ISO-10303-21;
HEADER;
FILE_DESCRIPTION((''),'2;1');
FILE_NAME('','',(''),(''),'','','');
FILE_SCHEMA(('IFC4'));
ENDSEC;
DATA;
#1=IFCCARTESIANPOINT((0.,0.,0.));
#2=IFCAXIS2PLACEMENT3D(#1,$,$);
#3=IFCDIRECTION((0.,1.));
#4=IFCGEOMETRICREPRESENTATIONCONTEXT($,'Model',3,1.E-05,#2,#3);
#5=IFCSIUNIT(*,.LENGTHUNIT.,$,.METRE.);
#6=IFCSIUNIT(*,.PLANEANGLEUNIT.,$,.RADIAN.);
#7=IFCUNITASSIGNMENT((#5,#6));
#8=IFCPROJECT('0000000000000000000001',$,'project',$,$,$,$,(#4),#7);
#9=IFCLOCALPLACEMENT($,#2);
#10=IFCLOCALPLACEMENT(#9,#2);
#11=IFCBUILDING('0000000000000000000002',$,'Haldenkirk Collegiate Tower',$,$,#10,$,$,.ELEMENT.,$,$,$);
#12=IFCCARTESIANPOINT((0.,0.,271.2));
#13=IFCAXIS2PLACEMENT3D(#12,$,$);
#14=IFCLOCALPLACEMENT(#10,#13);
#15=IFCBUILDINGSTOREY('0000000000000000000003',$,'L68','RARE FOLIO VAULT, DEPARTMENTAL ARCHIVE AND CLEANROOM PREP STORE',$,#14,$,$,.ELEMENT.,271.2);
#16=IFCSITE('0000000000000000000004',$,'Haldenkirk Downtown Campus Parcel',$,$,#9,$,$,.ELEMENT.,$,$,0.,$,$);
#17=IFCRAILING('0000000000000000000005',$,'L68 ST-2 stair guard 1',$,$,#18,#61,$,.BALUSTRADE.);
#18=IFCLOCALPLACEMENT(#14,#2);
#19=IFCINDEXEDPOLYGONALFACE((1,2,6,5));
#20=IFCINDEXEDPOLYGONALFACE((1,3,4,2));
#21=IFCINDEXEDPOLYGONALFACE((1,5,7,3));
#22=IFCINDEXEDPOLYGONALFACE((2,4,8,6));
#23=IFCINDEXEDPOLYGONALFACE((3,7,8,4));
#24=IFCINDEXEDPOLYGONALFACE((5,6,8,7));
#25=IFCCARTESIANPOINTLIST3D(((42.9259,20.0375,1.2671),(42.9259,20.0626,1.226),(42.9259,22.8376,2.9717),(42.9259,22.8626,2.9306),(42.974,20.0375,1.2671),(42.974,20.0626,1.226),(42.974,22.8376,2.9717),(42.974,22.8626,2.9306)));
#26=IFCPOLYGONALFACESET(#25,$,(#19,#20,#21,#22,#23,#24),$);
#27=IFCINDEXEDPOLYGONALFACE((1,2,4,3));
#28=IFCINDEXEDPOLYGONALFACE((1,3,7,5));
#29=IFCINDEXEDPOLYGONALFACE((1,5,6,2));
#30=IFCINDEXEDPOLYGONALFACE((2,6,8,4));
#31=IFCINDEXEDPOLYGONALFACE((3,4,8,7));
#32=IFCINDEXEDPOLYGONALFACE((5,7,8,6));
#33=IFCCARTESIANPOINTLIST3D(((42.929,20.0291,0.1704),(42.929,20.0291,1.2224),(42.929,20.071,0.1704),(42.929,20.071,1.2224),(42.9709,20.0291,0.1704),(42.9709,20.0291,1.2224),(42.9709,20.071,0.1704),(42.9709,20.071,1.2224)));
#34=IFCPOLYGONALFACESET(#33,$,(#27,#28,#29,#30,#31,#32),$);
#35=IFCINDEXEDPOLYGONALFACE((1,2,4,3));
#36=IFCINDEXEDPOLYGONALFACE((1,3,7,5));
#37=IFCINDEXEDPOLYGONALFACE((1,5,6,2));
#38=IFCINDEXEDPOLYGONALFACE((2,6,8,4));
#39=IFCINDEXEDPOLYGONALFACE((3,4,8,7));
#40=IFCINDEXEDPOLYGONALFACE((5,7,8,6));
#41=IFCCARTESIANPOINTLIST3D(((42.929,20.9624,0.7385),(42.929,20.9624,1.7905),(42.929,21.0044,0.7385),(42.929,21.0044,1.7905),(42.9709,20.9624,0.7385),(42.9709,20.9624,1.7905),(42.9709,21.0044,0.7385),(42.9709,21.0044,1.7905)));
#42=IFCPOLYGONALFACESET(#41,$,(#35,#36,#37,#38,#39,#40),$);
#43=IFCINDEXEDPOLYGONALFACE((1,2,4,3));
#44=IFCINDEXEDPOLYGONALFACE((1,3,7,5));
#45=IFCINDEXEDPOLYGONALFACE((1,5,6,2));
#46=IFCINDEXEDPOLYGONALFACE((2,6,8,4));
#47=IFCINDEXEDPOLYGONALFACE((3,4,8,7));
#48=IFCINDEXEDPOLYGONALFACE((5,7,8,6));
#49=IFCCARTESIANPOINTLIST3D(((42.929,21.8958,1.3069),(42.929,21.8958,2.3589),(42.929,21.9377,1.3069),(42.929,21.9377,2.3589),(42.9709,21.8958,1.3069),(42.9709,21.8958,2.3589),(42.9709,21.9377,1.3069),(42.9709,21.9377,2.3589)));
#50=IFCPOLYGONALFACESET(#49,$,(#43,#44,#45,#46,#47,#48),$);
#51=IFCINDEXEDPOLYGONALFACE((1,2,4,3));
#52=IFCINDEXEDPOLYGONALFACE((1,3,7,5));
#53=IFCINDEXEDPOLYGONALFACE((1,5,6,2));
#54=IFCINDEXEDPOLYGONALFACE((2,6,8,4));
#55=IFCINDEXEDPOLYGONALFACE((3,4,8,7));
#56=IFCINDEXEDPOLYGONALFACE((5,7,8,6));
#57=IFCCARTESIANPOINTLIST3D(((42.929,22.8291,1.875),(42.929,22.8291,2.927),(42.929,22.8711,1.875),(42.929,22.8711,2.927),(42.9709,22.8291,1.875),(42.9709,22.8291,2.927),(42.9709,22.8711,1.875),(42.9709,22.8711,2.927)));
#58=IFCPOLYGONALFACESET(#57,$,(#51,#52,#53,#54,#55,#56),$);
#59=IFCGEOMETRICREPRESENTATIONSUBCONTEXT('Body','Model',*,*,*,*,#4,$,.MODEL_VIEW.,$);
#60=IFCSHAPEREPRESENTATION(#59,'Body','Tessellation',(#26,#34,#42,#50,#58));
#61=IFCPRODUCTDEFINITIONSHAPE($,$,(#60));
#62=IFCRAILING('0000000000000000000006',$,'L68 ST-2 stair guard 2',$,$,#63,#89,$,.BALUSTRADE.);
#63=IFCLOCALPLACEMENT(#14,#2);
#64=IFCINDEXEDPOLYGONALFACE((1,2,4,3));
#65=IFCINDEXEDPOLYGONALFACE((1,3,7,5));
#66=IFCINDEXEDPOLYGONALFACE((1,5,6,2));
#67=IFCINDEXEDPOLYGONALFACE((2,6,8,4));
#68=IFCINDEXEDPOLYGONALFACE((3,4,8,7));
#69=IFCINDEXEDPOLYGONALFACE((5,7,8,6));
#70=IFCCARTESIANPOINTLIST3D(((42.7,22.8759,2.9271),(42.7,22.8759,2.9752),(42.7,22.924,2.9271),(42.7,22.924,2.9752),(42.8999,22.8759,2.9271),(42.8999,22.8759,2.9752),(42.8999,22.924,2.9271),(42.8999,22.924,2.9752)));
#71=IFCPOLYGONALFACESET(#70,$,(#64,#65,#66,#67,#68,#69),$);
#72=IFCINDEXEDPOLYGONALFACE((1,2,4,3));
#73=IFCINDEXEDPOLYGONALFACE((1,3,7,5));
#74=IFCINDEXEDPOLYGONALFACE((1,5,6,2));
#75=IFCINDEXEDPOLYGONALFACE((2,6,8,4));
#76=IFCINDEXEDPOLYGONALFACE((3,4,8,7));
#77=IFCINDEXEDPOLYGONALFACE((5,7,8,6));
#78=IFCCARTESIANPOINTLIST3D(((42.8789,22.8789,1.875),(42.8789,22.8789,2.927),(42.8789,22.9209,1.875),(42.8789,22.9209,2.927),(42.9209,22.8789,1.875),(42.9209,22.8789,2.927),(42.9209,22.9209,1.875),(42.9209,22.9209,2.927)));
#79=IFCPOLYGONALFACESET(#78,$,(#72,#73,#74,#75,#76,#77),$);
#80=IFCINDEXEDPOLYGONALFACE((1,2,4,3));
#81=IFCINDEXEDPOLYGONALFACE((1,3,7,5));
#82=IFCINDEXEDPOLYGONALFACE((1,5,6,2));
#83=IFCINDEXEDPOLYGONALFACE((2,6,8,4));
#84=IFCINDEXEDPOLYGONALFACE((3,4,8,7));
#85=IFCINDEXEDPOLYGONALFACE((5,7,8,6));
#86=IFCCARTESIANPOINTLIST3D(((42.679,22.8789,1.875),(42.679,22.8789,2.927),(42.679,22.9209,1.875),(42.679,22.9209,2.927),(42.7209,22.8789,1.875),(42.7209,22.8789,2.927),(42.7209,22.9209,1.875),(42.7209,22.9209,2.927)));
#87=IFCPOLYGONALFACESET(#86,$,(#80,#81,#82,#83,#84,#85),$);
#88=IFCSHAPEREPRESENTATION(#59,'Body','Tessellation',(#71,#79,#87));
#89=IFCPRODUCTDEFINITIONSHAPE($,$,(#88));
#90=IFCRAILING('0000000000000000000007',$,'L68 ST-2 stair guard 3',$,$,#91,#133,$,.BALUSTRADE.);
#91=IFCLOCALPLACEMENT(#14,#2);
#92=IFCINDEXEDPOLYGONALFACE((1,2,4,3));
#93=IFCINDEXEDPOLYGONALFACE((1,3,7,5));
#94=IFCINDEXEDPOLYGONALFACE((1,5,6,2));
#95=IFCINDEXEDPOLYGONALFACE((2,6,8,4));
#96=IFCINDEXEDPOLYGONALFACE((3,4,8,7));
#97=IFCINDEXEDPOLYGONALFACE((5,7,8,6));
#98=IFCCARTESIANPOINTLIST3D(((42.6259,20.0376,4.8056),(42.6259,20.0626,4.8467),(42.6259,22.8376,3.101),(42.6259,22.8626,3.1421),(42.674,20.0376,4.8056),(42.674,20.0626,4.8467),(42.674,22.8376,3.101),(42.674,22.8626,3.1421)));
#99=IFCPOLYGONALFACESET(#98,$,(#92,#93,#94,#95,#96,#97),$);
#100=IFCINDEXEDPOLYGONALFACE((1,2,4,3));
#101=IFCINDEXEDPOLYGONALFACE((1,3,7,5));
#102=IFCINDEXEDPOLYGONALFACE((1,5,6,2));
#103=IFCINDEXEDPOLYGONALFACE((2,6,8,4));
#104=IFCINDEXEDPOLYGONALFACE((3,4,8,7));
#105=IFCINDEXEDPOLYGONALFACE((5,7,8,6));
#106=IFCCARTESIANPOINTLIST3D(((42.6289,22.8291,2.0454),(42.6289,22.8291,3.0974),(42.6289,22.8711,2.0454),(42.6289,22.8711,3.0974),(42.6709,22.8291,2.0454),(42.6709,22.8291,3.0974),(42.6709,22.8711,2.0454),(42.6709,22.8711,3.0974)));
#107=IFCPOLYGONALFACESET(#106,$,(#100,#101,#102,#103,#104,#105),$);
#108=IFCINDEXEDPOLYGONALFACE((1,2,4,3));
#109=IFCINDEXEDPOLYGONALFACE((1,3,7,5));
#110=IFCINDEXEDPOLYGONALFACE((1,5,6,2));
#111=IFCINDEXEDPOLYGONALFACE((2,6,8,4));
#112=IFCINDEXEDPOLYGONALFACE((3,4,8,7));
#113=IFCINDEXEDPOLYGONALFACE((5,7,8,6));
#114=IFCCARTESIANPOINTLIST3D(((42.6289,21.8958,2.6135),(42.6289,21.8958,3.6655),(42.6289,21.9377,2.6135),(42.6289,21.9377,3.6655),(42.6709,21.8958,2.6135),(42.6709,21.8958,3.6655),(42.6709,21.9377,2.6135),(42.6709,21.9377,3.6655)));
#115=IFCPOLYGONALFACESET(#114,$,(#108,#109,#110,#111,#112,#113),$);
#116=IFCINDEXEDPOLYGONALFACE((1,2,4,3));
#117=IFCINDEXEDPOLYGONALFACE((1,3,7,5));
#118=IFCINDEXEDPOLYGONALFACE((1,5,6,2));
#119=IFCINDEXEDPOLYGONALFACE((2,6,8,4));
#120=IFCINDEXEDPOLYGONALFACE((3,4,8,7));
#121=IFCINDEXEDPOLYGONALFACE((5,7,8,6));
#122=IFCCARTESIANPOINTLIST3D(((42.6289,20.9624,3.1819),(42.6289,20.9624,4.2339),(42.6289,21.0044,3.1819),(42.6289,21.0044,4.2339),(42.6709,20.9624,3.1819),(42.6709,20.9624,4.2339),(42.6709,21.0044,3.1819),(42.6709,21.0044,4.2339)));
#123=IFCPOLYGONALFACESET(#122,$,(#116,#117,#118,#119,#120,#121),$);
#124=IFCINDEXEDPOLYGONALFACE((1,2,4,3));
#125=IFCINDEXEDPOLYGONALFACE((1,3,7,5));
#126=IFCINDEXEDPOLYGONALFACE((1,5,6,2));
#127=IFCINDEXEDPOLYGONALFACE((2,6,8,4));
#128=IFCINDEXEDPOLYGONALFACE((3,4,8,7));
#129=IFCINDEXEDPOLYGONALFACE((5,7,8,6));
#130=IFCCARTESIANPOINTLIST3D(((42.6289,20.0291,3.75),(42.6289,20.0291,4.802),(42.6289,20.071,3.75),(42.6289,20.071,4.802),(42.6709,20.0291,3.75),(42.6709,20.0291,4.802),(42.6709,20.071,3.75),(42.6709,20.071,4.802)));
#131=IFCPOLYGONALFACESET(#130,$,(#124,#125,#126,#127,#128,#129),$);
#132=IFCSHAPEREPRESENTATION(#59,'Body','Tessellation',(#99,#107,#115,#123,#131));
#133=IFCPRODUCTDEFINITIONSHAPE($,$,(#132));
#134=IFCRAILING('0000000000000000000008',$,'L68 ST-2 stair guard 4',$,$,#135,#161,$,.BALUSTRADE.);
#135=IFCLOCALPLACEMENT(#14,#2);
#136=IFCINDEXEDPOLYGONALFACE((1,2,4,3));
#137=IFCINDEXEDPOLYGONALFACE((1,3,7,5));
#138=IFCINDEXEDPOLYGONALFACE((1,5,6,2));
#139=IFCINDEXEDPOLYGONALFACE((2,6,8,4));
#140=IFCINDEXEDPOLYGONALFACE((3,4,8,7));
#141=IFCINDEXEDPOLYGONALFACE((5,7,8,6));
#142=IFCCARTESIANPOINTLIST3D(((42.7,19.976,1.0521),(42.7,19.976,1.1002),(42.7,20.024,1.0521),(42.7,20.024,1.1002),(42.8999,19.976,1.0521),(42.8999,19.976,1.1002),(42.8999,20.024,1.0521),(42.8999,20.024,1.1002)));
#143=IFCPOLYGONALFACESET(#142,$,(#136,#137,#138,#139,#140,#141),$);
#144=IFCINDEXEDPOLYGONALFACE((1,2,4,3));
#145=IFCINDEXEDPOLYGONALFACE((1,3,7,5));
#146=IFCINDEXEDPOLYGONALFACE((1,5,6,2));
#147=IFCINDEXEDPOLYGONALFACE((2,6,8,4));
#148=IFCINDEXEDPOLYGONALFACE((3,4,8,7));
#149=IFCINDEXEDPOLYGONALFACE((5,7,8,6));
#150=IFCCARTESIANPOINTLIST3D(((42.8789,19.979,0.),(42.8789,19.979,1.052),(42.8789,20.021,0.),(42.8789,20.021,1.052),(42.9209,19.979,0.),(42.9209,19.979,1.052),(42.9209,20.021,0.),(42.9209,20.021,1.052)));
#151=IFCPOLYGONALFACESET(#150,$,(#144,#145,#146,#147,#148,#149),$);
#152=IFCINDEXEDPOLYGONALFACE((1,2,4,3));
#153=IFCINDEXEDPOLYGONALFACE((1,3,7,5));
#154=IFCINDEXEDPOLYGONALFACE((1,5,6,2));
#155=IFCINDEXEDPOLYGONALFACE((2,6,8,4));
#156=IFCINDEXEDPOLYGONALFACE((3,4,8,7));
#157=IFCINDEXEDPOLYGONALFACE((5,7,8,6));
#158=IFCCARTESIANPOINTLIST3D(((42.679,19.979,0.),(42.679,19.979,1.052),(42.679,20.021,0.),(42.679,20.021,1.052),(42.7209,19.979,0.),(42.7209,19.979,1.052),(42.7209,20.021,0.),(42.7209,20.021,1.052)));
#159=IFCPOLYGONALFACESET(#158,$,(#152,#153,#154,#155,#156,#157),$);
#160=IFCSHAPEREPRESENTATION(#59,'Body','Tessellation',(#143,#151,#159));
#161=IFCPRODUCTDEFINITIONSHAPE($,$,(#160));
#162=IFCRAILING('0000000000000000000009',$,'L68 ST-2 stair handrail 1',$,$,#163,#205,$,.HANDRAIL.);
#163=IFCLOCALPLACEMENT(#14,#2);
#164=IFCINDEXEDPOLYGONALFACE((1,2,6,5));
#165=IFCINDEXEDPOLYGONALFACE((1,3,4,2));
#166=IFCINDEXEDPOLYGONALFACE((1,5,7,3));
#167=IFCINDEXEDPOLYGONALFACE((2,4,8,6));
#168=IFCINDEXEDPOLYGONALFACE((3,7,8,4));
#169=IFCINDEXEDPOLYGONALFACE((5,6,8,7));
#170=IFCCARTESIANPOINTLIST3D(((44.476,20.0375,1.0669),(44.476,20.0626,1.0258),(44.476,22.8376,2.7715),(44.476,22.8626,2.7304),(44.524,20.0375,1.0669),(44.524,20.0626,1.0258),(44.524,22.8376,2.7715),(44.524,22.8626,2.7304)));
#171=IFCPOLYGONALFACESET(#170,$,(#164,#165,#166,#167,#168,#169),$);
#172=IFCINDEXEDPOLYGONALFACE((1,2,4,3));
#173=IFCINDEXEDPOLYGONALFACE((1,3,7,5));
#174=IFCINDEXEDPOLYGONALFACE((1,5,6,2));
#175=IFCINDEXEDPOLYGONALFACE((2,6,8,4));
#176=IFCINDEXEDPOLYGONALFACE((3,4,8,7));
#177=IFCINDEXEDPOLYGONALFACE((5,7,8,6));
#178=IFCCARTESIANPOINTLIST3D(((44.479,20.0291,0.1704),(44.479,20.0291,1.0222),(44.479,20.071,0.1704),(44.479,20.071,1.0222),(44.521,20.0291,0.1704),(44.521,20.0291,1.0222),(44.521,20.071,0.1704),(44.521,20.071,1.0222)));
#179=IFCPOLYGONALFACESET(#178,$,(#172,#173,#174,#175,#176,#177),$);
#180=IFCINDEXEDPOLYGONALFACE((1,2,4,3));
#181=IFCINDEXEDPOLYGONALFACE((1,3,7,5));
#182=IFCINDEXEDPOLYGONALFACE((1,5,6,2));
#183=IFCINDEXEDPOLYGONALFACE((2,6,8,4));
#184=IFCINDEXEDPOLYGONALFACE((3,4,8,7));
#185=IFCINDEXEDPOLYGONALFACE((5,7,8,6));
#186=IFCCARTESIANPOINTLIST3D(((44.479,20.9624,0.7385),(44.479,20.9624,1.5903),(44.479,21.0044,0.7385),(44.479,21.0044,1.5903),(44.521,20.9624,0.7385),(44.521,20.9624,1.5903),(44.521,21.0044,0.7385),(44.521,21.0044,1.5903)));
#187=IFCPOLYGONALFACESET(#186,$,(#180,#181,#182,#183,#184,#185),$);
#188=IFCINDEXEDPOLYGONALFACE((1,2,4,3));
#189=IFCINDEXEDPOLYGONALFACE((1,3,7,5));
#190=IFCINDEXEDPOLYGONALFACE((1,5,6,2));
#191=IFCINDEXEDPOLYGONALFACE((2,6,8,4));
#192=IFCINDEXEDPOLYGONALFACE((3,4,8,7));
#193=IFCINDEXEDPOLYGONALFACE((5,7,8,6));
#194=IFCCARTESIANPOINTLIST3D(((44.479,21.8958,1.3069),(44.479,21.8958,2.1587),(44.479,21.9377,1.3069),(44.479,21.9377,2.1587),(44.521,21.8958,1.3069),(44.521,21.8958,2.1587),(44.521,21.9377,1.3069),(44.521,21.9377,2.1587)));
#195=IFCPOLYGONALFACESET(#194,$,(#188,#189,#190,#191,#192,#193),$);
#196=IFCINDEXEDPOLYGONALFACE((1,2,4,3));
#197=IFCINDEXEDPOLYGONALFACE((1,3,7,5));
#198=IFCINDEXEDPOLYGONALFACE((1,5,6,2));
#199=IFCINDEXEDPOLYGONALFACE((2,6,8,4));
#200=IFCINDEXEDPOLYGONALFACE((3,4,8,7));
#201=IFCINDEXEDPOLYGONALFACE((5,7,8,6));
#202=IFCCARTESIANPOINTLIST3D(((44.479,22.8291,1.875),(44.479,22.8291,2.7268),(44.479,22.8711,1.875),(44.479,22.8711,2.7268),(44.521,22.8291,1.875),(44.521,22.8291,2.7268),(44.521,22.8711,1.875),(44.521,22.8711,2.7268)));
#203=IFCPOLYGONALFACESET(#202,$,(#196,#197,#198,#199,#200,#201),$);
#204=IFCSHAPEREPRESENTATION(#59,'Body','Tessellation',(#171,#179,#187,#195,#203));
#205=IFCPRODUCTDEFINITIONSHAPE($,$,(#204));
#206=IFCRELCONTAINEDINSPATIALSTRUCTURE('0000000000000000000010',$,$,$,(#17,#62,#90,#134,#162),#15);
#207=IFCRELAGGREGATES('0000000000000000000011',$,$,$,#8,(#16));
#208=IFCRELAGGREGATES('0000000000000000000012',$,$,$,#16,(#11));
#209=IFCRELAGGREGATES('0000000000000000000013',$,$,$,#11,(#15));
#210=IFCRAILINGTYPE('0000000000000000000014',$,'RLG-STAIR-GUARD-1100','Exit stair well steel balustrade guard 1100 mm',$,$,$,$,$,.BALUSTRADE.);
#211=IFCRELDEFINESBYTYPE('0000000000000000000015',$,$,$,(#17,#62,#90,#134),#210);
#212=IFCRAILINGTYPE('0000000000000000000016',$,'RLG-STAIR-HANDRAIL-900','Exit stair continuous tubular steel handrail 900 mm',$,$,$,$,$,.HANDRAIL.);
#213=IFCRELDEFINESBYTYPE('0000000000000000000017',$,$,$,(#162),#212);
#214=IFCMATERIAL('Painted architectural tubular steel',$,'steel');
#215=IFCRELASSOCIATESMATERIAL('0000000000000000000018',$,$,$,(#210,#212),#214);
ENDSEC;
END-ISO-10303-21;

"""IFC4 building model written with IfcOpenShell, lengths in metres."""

from ifc_helpers import new_model, si_unit, direction, frame, origin, origin_2d, place, context, subcontext, project, spatial, rectangle, extrude, material, type_object, element, save


model = new_model("IFC4")

# Units and contexts
model_context = context("Model", 3, precision=1e-05, world=origin(), true_north=direction((0.0, 1.0)))
body_context = subcontext(model_context, "Body", "Model", "MODEL_VIEW")
ifc_project = project(units=[si_unit("LENGTHUNIT", "METRE"), si_unit("PLANEANGLEUNIT", "RADIAN")], contexts=[model_context])

# Site, building, storey
site_placement = place(None, origin())
site = spatial("IfcSite", under=ifc_project, at=site_placement, Name="Haldenkirk Downtown Campus Parcel", CompositionType="ELEMENT", RefElevation=0.0)
building_placement = place(site_placement, origin())
building = spatial("IfcBuilding", under=site, at=building_placement, Name="Haldenkirk Collegiate Tower", CompositionType="ELEMENT")
storey_placement = place(building_placement, frame((0.0, 0.0, 271.2)))
storey = spatial("IfcBuildingStorey", under=building, at=storey_placement, Name="L68", Description="RARE FOLIO VAULT, DEPARTMENTAL ARCHIVE AND CLEANROOM PREP STORE", CompositionType="ELEMENT", Elevation=271.2)

# Railings
ifc_material_1 = material(Name="Painted architectural tubular steel", Category="steel")
railing_type_1 = type_object("IfcRailingType", Name="RLG-STAIR-GUARD-1100", Description="Exit stair well steel balustrade guard 1100 mm", PredefinedType="BALUSTRADE", material=ifc_material_1)
railing_1_placement = place(storey_placement, frame((42.95, 20.05, 0.1704)))
element("IfcRailing", 1, at=railing_1_placement, inside=storey, type_object=railing_type_1, Name="L68 ST-2 stair guard 1", PredefinedType="BALUSTRADE", context=body_context, shape_type="SweptSolid", body=[
    extrude(rectangle(XDim=0.0481, YDim=0.0481, at=origin_2d()), frame((0.0, 0.0, 1.0762), z_axis=(0.0, 0.85417, 0.519994), x_axis=(-1.0, 0.0, 0.0)), (0.0, 0.0, 1.0), 3.2781),
    extrude(rectangle(XDim=0.042, YDim=0.042, at=origin_2d()), origin(), (0.0, 0.0, 1.0), 1.052),
    extrude(rectangle(XDim=0.042, YDim=0.042, at=origin_2d()), frame((0.0, 0.9333, 0.5681)), (0.0, 0.0, 1.0), 1.052),
    extrude(rectangle(XDim=0.042, YDim=0.042, at=origin_2d()), frame((0.0, 1.8667, 1.1365)), (0.0, 0.0, 1.0), 1.052),
    extrude(rectangle(XDim=0.042, YDim=0.042, at=origin_2d()), frame((0.0, 2.8, 1.7046)), (0.0, 0.0, 1.0), 1.052),
])
railing_2_placement = place(storey_placement, frame((42.8999, 22.8999, 1.875)))
element("IfcRailing", 2, at=railing_2_placement, inside=storey, type_object=railing_type_1, Name="L68 ST-2 stair guard 2", PredefinedType="BALUSTRADE", context=body_context, shape_type="SweptSolid", body=[
    extrude(rectangle(XDim=0.0481, YDim=0.0481, at=origin_2d()), frame((0.0, 0.0, 1.0762), z_axis=(-1.0, 0.0, 0.0), x_axis=(0.0, -1.0, 0.0)), (0.0, 0.0, 1.0), 0.2),
    extrude(rectangle(XDim=0.042, YDim=0.042, at=origin_2d()), origin(), (0.0, 0.0, 1.0), 1.052),
    extrude(rectangle(XDim=0.042, YDim=0.042, at=origin_2d()), frame((-0.2, 0.0, 0.0)), (0.0, 0.0, 1.0), 1.052),
])
railing_3_placement = place(storey_placement, frame((42.6499, 22.8501, 2.0454)))
element("IfcRailing", 3, at=railing_3_placement, inside=storey, type_object=railing_type_1, Name="L68 ST-2 stair guard 3", PredefinedType="BALUSTRADE", context=body_context, shape_type="SweptSolid", body=[
    extrude(rectangle(XDim=0.0481, YDim=0.0481, at=origin_2d()), frame((0.0, 0.0, 1.0762), z_axis=(0.0, -0.85417, 0.519994), x_axis=(1.0, 0.0, 0.0)), (0.0, 0.0, 1.0), 3.2781),
    extrude(rectangle(XDim=0.042, YDim=0.042, at=origin_2d()), origin(), (0.0, 0.0, 1.0), 1.052),
    extrude(rectangle(XDim=0.042, YDim=0.042, at=origin_2d()), frame((0.0, -0.9333, 0.5681)), (0.0, 0.0, 1.0), 1.052),
    extrude(rectangle(XDim=0.042, YDim=0.042, at=origin_2d()), frame((0.0, -1.8667, 1.1365)), (0.0, 0.0, 1.0), 1.052),
    extrude(rectangle(XDim=0.042, YDim=0.042, at=origin_2d()), frame((0.0, -2.8, 1.7046)), (0.0, 0.0, 1.0), 1.052),
])
railing_4_placement = place(storey_placement, frame((42.8999, 20.0, 0.0)))
element("IfcRailing", 4, at=railing_4_placement, inside=storey, type_object=railing_type_1, Name="L68 ST-2 stair guard 4", PredefinedType="BALUSTRADE", context=body_context, shape_type="SweptSolid", body=[
    extrude(rectangle(XDim=0.0481, YDim=0.0481, at=origin_2d()), frame((0.0, 0.0, 1.0762), z_axis=(-1.0, 0.0, 0.0), x_axis=(0.0, -1.0, 0.0)), (0.0, 0.0, 1.0), 0.2),
    extrude(rectangle(XDim=0.042, YDim=0.042, at=origin_2d()), origin(), (0.0, 0.0, 1.0), 1.052),
    extrude(rectangle(XDim=0.042, YDim=0.042, at=origin_2d()), frame((-0.2, 0.0, 0.0)), (0.0, 0.0, 1.0), 1.052),
])
railing_type_2 = type_object("IfcRailingType", Name="RLG-STAIR-HANDRAIL-900", Description="Exit stair continuous tubular steel handrail 900 mm", PredefinedType="HANDRAIL", material=ifc_material_1)
railing_5_placement = place(storey_placement, frame((44.5, 20.05, 0.1704)))
element("IfcRailing", 5, at=railing_5_placement, inside=storey, type_object=railing_type_2, Name="L68 ST-2 stair handrail 1", PredefinedType="HANDRAIL", context=body_context, shape_type="SweptSolid", body=[
    extrude(rectangle(XDim=0.0481, YDim=0.0481, at=origin_2d()), frame((0.0, 0.0, 0.876), z_axis=(0.0, 0.85417, 0.519994), x_axis=(-1.0, 0.0, 0.0)), (0.0, 0.0, 1.0), 3.2781),
    extrude(rectangle(XDim=0.042, YDim=0.042, at=origin_2d()), origin(), (0.0, 0.0, 1.0), 0.8518),
    extrude(rectangle(XDim=0.042, YDim=0.042, at=origin_2d()), frame((0.0, 0.9333, 0.5681)), (0.0, 0.0, 1.0), 0.8518),
    extrude(rectangle(XDim=0.042, YDim=0.042, at=origin_2d()), frame((0.0, 1.8667, 1.1365)), (0.0, 0.0, 1.0), 0.8518),
    extrude(rectangle(XDim=0.042, YDim=0.042, at=origin_2d()), frame((0.0, 2.8, 1.7046)), (0.0, 0.0, 1.0), 0.8518),
])

save(model, "model.ifc")
